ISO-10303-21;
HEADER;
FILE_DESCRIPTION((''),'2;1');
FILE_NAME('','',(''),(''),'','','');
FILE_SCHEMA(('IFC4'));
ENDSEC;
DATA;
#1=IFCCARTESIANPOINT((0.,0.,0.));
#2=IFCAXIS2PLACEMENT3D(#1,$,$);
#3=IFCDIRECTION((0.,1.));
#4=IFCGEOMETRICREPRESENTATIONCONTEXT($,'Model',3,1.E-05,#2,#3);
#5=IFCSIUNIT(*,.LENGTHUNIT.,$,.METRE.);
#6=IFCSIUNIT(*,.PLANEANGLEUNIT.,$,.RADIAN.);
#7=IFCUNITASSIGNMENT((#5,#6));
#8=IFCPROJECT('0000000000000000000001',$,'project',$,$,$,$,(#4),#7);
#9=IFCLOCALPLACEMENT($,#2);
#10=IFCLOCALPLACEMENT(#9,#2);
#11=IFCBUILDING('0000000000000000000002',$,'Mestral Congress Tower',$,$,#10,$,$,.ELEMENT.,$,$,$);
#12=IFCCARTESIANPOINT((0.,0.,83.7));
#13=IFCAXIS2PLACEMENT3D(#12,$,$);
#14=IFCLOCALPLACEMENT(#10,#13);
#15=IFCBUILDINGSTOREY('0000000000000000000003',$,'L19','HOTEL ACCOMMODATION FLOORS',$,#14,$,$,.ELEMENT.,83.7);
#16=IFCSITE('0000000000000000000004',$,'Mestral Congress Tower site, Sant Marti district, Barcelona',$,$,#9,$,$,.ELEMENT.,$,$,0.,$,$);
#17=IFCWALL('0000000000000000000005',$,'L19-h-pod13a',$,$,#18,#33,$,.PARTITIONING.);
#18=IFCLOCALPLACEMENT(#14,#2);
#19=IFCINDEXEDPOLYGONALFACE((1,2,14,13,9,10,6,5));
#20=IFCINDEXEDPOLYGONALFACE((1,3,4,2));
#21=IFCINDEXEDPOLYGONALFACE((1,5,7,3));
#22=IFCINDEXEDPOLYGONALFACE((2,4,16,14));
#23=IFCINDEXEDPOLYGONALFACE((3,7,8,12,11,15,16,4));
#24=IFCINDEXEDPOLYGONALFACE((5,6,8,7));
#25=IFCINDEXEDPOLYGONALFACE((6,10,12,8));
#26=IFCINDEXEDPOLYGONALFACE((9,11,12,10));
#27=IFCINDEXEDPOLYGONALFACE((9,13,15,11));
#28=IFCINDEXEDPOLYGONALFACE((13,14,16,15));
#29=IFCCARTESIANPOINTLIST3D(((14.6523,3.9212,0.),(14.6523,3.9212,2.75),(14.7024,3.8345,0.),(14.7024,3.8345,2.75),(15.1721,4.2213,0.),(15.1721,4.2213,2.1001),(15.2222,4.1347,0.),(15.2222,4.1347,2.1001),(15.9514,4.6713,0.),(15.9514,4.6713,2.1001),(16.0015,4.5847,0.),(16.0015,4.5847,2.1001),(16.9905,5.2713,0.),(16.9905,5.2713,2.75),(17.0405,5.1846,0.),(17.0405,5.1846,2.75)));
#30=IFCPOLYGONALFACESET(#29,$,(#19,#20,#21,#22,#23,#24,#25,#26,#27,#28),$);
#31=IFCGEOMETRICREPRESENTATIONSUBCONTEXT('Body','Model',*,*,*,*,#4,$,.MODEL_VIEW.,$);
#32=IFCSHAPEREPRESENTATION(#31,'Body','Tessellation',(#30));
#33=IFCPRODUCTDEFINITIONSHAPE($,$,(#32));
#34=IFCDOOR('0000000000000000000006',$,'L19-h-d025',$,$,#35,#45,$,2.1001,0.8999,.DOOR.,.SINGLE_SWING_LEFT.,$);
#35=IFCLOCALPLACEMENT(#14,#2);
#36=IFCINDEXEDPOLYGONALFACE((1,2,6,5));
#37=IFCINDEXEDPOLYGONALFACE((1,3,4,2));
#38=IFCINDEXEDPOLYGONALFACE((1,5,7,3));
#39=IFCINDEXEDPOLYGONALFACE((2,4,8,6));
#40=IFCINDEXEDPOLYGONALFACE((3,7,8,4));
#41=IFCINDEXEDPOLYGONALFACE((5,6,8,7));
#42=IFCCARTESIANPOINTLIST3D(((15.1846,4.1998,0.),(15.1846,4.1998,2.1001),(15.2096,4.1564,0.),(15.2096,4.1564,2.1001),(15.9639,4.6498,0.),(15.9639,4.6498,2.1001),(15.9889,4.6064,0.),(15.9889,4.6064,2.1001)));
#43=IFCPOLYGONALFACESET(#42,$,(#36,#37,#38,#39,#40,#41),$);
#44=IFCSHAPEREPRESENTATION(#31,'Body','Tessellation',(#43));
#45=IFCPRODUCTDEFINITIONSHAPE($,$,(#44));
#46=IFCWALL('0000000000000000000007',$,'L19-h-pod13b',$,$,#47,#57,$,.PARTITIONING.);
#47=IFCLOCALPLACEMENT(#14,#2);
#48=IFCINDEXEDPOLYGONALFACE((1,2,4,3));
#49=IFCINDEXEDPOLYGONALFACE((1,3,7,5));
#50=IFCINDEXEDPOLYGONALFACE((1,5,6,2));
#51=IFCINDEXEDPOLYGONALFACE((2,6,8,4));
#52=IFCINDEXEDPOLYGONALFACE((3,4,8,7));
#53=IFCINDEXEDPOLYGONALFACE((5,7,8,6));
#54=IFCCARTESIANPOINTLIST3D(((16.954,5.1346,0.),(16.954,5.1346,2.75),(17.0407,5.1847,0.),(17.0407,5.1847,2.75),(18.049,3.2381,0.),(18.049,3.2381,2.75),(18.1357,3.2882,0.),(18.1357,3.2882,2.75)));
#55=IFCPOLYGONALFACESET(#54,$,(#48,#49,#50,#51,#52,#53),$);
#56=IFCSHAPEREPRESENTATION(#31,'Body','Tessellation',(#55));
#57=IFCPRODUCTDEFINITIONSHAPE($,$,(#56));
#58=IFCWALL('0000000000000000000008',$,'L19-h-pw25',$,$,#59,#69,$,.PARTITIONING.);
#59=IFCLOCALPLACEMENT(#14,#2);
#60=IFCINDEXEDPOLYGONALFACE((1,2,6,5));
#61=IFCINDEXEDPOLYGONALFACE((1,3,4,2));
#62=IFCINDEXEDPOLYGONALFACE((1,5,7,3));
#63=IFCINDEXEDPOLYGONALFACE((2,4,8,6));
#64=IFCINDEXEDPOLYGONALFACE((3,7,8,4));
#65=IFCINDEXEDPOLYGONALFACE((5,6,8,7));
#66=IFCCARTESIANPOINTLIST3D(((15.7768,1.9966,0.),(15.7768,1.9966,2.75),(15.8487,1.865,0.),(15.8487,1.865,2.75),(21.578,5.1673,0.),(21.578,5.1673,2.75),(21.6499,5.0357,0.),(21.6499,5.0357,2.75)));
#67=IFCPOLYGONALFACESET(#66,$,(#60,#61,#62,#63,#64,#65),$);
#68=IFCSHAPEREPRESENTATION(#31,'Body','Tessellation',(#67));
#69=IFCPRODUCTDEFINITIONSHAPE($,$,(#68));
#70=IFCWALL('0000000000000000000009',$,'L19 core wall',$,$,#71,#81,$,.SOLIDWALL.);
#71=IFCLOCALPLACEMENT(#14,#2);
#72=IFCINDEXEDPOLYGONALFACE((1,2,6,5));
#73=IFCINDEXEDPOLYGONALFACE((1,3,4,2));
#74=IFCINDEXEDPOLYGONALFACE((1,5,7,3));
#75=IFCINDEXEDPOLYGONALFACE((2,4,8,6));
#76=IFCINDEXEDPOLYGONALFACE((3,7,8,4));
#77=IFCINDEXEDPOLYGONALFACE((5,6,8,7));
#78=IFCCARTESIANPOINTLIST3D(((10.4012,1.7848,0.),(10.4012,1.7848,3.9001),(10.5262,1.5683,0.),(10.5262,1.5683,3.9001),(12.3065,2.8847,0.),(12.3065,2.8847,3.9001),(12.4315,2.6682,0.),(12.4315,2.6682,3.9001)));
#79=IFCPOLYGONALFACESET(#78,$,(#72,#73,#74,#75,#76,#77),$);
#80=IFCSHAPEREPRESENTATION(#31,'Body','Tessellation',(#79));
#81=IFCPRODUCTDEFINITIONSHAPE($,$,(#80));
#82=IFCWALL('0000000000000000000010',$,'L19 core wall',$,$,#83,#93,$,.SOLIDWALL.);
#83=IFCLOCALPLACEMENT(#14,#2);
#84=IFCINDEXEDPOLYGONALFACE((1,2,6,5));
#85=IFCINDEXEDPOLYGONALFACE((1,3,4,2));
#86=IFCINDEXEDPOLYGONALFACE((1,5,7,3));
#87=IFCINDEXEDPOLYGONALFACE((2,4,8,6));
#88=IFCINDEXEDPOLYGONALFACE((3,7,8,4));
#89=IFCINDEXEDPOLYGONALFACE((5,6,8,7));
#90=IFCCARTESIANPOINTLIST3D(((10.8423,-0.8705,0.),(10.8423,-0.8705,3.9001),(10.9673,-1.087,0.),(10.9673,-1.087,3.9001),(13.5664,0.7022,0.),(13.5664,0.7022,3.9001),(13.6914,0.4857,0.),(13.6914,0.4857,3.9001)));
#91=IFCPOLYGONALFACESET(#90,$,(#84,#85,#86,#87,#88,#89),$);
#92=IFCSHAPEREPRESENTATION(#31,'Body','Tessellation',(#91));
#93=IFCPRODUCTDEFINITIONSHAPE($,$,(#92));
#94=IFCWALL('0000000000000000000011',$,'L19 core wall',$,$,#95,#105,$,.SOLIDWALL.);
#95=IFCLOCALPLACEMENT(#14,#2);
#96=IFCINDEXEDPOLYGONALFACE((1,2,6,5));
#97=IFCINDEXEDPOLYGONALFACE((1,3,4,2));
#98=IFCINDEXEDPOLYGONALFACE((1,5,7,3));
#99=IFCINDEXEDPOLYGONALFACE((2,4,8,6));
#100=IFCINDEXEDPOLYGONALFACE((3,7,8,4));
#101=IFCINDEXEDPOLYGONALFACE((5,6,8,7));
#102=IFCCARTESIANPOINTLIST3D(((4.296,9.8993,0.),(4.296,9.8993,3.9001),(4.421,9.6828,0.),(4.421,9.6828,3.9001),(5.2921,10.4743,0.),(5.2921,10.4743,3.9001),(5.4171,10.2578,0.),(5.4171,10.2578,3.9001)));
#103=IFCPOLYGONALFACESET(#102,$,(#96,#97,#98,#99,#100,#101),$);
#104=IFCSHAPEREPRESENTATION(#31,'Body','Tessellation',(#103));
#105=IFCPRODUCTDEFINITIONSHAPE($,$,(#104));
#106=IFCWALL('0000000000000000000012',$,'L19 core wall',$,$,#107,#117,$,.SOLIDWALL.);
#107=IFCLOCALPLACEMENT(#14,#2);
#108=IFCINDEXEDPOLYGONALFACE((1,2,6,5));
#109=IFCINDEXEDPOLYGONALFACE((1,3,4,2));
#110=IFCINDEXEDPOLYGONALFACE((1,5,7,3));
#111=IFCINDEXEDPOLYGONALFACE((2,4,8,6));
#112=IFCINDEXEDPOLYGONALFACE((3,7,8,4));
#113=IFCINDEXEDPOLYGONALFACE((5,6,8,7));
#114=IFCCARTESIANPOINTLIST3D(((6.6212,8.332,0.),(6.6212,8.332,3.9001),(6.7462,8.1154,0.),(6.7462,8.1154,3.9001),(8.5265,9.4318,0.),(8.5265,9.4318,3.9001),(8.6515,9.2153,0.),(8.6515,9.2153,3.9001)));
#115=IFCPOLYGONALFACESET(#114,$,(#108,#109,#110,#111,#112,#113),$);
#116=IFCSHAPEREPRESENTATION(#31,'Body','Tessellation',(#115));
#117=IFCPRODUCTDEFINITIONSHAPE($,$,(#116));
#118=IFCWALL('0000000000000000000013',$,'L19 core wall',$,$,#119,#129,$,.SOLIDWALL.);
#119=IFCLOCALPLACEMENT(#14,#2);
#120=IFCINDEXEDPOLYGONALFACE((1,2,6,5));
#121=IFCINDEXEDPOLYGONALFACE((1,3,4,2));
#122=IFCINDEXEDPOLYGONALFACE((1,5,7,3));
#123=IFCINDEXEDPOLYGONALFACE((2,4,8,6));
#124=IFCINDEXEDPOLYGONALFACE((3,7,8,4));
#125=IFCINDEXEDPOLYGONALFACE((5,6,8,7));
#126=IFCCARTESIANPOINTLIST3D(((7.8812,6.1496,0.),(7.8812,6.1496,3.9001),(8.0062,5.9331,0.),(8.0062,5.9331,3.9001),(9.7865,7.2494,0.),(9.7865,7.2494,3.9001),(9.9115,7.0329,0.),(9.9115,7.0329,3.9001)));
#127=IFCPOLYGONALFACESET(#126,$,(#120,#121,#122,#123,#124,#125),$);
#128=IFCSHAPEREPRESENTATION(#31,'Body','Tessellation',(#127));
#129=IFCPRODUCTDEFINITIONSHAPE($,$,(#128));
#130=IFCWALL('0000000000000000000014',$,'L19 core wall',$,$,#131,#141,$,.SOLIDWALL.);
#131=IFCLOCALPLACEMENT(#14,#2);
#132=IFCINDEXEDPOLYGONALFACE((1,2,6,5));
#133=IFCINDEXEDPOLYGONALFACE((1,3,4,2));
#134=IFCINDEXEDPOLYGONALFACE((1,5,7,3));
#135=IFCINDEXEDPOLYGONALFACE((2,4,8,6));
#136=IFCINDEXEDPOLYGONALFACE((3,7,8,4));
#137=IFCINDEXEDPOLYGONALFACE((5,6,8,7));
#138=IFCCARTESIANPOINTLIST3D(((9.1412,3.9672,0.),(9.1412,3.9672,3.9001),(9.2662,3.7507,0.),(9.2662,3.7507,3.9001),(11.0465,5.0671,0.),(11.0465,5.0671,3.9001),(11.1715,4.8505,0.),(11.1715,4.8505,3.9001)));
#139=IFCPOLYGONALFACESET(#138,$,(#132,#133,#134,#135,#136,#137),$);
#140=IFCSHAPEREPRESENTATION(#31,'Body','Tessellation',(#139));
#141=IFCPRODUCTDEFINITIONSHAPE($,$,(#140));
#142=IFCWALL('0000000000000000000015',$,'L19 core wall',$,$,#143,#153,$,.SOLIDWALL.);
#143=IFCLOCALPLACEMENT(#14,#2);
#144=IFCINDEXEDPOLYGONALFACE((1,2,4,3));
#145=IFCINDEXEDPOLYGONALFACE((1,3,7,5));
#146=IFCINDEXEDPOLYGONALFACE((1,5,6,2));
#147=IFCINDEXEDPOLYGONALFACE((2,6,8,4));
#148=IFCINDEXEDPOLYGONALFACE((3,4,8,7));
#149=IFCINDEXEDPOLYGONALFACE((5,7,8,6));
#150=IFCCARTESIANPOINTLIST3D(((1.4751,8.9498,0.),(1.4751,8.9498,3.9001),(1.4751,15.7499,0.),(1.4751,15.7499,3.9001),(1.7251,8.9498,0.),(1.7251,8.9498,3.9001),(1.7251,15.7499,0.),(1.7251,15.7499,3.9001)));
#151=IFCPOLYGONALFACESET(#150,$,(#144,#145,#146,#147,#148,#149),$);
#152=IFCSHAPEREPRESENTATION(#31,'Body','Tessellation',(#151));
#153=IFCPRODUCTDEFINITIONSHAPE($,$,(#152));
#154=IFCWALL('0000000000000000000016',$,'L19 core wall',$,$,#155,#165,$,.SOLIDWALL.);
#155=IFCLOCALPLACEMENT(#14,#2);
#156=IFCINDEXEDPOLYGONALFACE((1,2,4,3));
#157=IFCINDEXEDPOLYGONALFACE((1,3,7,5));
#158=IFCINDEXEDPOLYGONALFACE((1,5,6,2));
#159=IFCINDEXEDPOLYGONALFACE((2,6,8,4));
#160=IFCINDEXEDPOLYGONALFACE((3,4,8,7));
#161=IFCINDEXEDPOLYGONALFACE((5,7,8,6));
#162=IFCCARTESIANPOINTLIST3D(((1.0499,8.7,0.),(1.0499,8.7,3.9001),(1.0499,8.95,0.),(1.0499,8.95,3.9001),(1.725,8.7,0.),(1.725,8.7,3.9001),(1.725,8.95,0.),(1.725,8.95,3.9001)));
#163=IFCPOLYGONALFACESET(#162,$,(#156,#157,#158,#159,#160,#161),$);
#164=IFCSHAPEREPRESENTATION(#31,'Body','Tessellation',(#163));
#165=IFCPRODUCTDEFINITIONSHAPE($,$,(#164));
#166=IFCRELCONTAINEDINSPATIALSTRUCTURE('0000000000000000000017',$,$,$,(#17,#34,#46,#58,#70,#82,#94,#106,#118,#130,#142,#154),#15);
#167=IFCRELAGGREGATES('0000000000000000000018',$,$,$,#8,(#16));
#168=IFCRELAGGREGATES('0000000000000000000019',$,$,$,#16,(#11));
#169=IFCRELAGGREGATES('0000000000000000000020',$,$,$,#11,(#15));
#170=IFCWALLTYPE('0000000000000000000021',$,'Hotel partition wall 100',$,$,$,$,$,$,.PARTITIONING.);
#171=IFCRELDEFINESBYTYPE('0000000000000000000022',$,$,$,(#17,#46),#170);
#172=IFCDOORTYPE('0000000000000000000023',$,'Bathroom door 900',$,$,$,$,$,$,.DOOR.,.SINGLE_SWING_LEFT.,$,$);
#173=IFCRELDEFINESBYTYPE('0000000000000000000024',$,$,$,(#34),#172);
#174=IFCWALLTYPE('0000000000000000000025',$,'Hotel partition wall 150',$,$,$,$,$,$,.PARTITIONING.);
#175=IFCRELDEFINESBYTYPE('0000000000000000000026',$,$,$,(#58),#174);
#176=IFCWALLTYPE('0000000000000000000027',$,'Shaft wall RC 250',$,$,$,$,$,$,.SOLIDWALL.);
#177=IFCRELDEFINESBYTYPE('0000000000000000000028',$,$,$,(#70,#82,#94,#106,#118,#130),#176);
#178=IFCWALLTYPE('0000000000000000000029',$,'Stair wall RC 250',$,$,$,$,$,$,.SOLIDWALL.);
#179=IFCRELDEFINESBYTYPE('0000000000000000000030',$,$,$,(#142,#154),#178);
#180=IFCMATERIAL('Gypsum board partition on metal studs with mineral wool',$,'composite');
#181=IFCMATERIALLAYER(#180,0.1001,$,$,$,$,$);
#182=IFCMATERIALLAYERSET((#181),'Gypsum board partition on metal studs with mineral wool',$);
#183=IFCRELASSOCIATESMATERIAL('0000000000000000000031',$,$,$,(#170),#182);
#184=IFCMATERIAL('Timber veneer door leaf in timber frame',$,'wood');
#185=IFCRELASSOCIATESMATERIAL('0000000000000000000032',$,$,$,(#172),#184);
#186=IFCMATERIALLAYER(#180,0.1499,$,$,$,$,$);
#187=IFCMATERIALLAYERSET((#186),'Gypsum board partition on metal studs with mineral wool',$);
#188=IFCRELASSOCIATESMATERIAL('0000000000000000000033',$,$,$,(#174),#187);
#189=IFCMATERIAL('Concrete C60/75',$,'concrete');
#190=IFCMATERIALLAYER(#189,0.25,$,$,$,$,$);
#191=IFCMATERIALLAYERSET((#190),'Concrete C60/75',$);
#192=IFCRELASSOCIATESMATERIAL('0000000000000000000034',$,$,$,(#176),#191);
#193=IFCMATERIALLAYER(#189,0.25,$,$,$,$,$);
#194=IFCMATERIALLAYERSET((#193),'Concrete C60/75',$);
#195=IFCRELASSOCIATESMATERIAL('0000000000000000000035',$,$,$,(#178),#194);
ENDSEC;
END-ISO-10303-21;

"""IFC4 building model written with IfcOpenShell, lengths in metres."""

from ifc_helpers import new_model, si_unit, direction, frame, frame_2d, origin, place, context, subcontext, project, spatial, rectangle, extrude, material, layer, layer_set, type_object, element, fill, save


model = new_model("IFC4")

# Units and contexts
model_context = context("Model", 3, precision=1e-05, world=origin(), true_north=direction((0.0, 1.0)))
body_context = subcontext(model_context, "Body", "Model", "MODEL_VIEW")
ifc_project = project(units=[si_unit("LENGTHUNIT", "METRE"), si_unit("PLANEANGLEUNIT", "RADIAN")], contexts=[model_context])

# Site, building, storey
site_placement = place(None, origin())
site = spatial("IfcSite", under=ifc_project, at=site_placement, Name="Mestral Congress Tower site, Sant Marti district, Barcelona", CompositionType="ELEMENT", RefElevation=0.0)
building_placement = place(site_placement, origin())
building = spatial("IfcBuilding", under=site, at=building_placement, Name="Mestral Congress Tower", CompositionType="ELEMENT")
storey_placement = place(building_placement, frame((0.0, 0.0, 83.7)))
storey = spatial("IfcBuildingStorey", under=building, at=storey_placement, Name="L19", Description="HOTEL ACCOMMODATION FLOORS", CompositionType="ELEMENT", Elevation=83.7)

# Shared definitions
ifc_material_1 = material(Name="Gypsum board partition on metal studs with mineral wool", Category="composite")
ifc_layer_1 = layer(ifc_material_1, 0.1001)
ifc_layer_set_1 = layer_set([ifc_layer_1], Name="Gypsum board partition on metal studs with mineral wool")
wall_type_1 = type_object("IfcWallType", Name="Hotel partition wall 100", PredefinedType="PARTITIONING", material=ifc_layer_set_1)
ifc_material_2 = material(Name="Timber veneer door leaf in timber frame", Category="wood")
door_type_1 = type_object("IfcDoorType", Name="Bathroom door 900", OperationType="SINGLE_SWING_LEFT", PredefinedType="DOOR", material=ifc_material_2)

# Wall, opening, door
wall_1_placement = place(storey_placement, frame((17.0156, 5.228, 0.0), z_axis=(0.0, 0.0, 1.0), x_axis=(-0.865997, -0.500049, 0.0)))
wall_1 = element("IfcWall", 1, at=wall_1_placement, inside=storey, type_object=wall_type_1, Name="L19-h-pod13a", PredefinedType="PARTITIONING", context=body_context, shape_type="SweptSolid", body=[
    extrude(rectangle(XDim=2.7, YDim=0.1001, at=frame_2d((1.3501, 0.0))), origin(), (0.0, 0.0, 1.0), 2.75),
])
opening_1_placement = place(wall_1_placement, frame((1.2, 0.0, 0.0)))
opening_1 = element("IfcOpeningElement", 2, at=opening_1_placement, cuts=wall_1, PredefinedType="OPENING", context=body_context, shape_type="SweptSolid", body=[
    extrude(rectangle(XDim=0.8999, YDim=2.1001, at=frame_2d((0.45, 1.05))), frame((0.0, 0.0601, 0.0), z_axis=(0.0, -1.0, 0.0), x_axis=(1.0, 0.0, 0.0)), (0.0, 0.0, 1.0), 0.1201),
])
door_1_placement = place(opening_1_placement, origin())
door_1 = element("IfcDoor", 3, at=door_1_placement, inside=storey, type_object=door_type_1, Name="L19-h-d025", OperationType="SINGLE_SWING_LEFT", OverallHeight=2.1001, OverallWidth=0.8999, PredefinedType="DOOR", context=body_context, shape_type="SweptSolid", body=[
    extrude(rectangle(XDim=0.8999, YDim=2.1001, at=frame_2d((0.45, 1.05))), frame((0.0, 0.0249, 0.0), z_axis=(0.0, -1.0, 0.0), x_axis=(1.0, 0.0, 0.0)), (0.0, 0.0, 1.0), 0.05),
])
fill(opening_1, door_1)

# Walls
wall_2_placement = place(storey_placement, frame((16.9973, 5.1597, 0.0), z_axis=(0.0, 0.0, 1.0), x_axis=(0.500012, -0.866018, 0.0)))
element("IfcWall", 4, at=wall_2_placement, inside=storey, type_object=wall_type_1, Name="L19-h-pod13b", PredefinedType="PARTITIONING", context=body_context, shape_type="SweptSolid", body=[
    extrude(rectangle(XDim=2.1899, YDim=0.1001, at=frame_2d((1.095, 0.0))), origin(), (0.0, 0.0, 1.0), 2.75),
])
ifc_layer_2 = layer(ifc_material_1, 0.1499)
ifc_layer_set_2 = layer_set([ifc_layer_2], Name="Gypsum board partition on metal studs with mineral wool")
wall_type_2 = type_object("IfcWallType", Name="Hotel partition wall 150", PredefinedType="PARTITIONING", material=ifc_layer_set_2)
wall_3_placement = place(storey_placement, frame((21.614, 5.1016, 0.0), z_axis=(0.0, 0.0, 1.0), x_axis=(-0.877485, -0.479605, 0.0)))
element("IfcWall", 5, at=wall_3_placement, inside=storey, type_object=wall_type_2, Name="L19-h-pw25", PredefinedType="PARTITIONING", context=body_context, shape_type="SweptSolid", body=[
    extrude(rectangle(XDim=6.6111, YDim=0.1499, at=frame_2d((3.3057, 0.0))), origin(), (0.0, 0.0, 1.0), 2.75),
])
ifc_material_3 = material(Name="Concrete C60/75", Category="concrete")
ifc_layer_3 = layer(ifc_material_3, 0.25)
ifc_layer_set_3 = layer_set([ifc_layer_3], Name="Concrete C60/75")
wall_type_3 = type_object("IfcWallType", Name="Shaft wall RC 250", PredefinedType="SOLIDWALL", material=ifc_layer_set_3)
wall_4_placement = place(storey_placement, frame((10.4636, 1.6765, 0.0), z_axis=(0.0, 0.0, 1.0), x_axis=(0.866056, 0.499947, 0.0)))
element("IfcWall", 6, at=wall_4_placement, inside=storey, type_object=wall_type_3, Name="L19 core wall", PredefinedType="SOLIDWALL", context=body_context, shape_type="SweptSolid", body=[
    extrude(rectangle(XDim=2.2, YDim=0.25, at=frame_2d((1.1001, 0.0))), origin(), (0.0, 0.0, 1.0), 3.9001),
])
wall_5_placement = place(storey_placement, frame((13.6289, 0.594, 0.0), z_axis=(0.0, 0.0, 1.0), x_axis=(-0.866028, -0.499996, 0.0)))
element("IfcWall", 7, at=wall_5_placement, inside=storey, type_object=wall_type_3, Name="L19 core wall", PredefinedType="SOLIDWALL", context=body_context, shape_type="SweptSolid", body=[
    extrude(rectangle(XDim=3.1455, YDim=0.25, at=frame_2d((1.5728, 0.0))), origin(), (0.0, 0.0, 1.0), 3.9001),
])
wall_6_placement = place(storey_placement, frame((4.3584, 9.791, 0.0), z_axis=(0.0, 0.0, 1.0), x_axis=(0.86608, 0.499906, 0.0)))
element("IfcWall", 8, at=wall_6_placement, inside=storey, type_object=wall_type_3, Name="L19 core wall", PredefinedType="SOLIDWALL", context=body_context, shape_type="SweptSolid", body=[
    extrude(rectangle(XDim=1.1501, YDim=0.25, at=frame_2d((0.5752, 0.0))), origin(), (0.0, 0.0, 1.0), 3.9001),
])
for number, where, z_axis, x_axis, name in (
    (9, (6.6836, 8.2236, 0.0), (0.0, 0.0, 1.0), (0.866056, 0.499947, 0.0), "L19 core wall"),
    (10, (7.9436, 6.0413, 0.0), (0.0, 0.0, 1.0), (0.866056, 0.499947, 0.0), "L19 core wall"),
    (11, (9.2036, 3.8589, 0.0), (0.0, 0.0, 1.0), (0.866056, 0.499947, 0.0), "L19 core wall"),
):
    element("IfcWall", number, at=place(storey_placement, frame(where, z_axis=z_axis, x_axis=x_axis)), inside=storey, type_object=wall_type_3, Name=name, PredefinedType="SOLIDWALL", context=body_context, shape_type="SweptSolid", body=[
        extrude(rectangle(XDim=2.2, YDim=0.25, at=frame_2d((1.1001, 0.0))), origin(), (0.0, 0.0, 1.0), 3.9001),
    ])
ifc_layer_4 = layer(ifc_material_3, 0.25)
ifc_layer_set_4 = layer_set([ifc_layer_4], Name="Concrete C60/75")
wall_type_4 = type_object("IfcWallType", Name="Stair wall RC 250", PredefinedType="SOLIDWALL", material=ifc_layer_set_4)
wall_7_placement = place(storey_placement, frame((1.6001, 8.95, 0.0), z_axis=(0.0, 0.0, 1.0), x_axis=(0.0, 1.0, 0.0)))
element("IfcWall", 12, at=wall_7_placement, inside=storey, type_object=wall_type_4, Name="L19 core wall", PredefinedType="SOLIDWALL", context=body_context, shape_type="SweptSolid", body=[
    extrude(rectangle(XDim=6.8, YDim=0.25, at=frame_2d((3.3999, 0.0))), origin(), (0.0, 0.0, 1.0), 3.9001),
])
wall_8_placement = place(storey_placement, frame((1.05, 8.825, 0.0), z_axis=(0.0, 0.0, 1.0), x_axis=(1.0, 0.0, 0.0)))
element("IfcWall", 13, at=wall_8_placement, inside=storey, type_object=wall_type_4, Name="L19 core wall", PredefinedType="SOLIDWALL", context=body_context, shape_type="SweptSolid", body=[
    extrude(rectangle(XDim=0.675, YDim=0.25, at=frame_2d((0.3374, 0.0))), origin(), (0.0, 0.0, 1.0), 3.9001),
])

save(model, "model.ifc")
